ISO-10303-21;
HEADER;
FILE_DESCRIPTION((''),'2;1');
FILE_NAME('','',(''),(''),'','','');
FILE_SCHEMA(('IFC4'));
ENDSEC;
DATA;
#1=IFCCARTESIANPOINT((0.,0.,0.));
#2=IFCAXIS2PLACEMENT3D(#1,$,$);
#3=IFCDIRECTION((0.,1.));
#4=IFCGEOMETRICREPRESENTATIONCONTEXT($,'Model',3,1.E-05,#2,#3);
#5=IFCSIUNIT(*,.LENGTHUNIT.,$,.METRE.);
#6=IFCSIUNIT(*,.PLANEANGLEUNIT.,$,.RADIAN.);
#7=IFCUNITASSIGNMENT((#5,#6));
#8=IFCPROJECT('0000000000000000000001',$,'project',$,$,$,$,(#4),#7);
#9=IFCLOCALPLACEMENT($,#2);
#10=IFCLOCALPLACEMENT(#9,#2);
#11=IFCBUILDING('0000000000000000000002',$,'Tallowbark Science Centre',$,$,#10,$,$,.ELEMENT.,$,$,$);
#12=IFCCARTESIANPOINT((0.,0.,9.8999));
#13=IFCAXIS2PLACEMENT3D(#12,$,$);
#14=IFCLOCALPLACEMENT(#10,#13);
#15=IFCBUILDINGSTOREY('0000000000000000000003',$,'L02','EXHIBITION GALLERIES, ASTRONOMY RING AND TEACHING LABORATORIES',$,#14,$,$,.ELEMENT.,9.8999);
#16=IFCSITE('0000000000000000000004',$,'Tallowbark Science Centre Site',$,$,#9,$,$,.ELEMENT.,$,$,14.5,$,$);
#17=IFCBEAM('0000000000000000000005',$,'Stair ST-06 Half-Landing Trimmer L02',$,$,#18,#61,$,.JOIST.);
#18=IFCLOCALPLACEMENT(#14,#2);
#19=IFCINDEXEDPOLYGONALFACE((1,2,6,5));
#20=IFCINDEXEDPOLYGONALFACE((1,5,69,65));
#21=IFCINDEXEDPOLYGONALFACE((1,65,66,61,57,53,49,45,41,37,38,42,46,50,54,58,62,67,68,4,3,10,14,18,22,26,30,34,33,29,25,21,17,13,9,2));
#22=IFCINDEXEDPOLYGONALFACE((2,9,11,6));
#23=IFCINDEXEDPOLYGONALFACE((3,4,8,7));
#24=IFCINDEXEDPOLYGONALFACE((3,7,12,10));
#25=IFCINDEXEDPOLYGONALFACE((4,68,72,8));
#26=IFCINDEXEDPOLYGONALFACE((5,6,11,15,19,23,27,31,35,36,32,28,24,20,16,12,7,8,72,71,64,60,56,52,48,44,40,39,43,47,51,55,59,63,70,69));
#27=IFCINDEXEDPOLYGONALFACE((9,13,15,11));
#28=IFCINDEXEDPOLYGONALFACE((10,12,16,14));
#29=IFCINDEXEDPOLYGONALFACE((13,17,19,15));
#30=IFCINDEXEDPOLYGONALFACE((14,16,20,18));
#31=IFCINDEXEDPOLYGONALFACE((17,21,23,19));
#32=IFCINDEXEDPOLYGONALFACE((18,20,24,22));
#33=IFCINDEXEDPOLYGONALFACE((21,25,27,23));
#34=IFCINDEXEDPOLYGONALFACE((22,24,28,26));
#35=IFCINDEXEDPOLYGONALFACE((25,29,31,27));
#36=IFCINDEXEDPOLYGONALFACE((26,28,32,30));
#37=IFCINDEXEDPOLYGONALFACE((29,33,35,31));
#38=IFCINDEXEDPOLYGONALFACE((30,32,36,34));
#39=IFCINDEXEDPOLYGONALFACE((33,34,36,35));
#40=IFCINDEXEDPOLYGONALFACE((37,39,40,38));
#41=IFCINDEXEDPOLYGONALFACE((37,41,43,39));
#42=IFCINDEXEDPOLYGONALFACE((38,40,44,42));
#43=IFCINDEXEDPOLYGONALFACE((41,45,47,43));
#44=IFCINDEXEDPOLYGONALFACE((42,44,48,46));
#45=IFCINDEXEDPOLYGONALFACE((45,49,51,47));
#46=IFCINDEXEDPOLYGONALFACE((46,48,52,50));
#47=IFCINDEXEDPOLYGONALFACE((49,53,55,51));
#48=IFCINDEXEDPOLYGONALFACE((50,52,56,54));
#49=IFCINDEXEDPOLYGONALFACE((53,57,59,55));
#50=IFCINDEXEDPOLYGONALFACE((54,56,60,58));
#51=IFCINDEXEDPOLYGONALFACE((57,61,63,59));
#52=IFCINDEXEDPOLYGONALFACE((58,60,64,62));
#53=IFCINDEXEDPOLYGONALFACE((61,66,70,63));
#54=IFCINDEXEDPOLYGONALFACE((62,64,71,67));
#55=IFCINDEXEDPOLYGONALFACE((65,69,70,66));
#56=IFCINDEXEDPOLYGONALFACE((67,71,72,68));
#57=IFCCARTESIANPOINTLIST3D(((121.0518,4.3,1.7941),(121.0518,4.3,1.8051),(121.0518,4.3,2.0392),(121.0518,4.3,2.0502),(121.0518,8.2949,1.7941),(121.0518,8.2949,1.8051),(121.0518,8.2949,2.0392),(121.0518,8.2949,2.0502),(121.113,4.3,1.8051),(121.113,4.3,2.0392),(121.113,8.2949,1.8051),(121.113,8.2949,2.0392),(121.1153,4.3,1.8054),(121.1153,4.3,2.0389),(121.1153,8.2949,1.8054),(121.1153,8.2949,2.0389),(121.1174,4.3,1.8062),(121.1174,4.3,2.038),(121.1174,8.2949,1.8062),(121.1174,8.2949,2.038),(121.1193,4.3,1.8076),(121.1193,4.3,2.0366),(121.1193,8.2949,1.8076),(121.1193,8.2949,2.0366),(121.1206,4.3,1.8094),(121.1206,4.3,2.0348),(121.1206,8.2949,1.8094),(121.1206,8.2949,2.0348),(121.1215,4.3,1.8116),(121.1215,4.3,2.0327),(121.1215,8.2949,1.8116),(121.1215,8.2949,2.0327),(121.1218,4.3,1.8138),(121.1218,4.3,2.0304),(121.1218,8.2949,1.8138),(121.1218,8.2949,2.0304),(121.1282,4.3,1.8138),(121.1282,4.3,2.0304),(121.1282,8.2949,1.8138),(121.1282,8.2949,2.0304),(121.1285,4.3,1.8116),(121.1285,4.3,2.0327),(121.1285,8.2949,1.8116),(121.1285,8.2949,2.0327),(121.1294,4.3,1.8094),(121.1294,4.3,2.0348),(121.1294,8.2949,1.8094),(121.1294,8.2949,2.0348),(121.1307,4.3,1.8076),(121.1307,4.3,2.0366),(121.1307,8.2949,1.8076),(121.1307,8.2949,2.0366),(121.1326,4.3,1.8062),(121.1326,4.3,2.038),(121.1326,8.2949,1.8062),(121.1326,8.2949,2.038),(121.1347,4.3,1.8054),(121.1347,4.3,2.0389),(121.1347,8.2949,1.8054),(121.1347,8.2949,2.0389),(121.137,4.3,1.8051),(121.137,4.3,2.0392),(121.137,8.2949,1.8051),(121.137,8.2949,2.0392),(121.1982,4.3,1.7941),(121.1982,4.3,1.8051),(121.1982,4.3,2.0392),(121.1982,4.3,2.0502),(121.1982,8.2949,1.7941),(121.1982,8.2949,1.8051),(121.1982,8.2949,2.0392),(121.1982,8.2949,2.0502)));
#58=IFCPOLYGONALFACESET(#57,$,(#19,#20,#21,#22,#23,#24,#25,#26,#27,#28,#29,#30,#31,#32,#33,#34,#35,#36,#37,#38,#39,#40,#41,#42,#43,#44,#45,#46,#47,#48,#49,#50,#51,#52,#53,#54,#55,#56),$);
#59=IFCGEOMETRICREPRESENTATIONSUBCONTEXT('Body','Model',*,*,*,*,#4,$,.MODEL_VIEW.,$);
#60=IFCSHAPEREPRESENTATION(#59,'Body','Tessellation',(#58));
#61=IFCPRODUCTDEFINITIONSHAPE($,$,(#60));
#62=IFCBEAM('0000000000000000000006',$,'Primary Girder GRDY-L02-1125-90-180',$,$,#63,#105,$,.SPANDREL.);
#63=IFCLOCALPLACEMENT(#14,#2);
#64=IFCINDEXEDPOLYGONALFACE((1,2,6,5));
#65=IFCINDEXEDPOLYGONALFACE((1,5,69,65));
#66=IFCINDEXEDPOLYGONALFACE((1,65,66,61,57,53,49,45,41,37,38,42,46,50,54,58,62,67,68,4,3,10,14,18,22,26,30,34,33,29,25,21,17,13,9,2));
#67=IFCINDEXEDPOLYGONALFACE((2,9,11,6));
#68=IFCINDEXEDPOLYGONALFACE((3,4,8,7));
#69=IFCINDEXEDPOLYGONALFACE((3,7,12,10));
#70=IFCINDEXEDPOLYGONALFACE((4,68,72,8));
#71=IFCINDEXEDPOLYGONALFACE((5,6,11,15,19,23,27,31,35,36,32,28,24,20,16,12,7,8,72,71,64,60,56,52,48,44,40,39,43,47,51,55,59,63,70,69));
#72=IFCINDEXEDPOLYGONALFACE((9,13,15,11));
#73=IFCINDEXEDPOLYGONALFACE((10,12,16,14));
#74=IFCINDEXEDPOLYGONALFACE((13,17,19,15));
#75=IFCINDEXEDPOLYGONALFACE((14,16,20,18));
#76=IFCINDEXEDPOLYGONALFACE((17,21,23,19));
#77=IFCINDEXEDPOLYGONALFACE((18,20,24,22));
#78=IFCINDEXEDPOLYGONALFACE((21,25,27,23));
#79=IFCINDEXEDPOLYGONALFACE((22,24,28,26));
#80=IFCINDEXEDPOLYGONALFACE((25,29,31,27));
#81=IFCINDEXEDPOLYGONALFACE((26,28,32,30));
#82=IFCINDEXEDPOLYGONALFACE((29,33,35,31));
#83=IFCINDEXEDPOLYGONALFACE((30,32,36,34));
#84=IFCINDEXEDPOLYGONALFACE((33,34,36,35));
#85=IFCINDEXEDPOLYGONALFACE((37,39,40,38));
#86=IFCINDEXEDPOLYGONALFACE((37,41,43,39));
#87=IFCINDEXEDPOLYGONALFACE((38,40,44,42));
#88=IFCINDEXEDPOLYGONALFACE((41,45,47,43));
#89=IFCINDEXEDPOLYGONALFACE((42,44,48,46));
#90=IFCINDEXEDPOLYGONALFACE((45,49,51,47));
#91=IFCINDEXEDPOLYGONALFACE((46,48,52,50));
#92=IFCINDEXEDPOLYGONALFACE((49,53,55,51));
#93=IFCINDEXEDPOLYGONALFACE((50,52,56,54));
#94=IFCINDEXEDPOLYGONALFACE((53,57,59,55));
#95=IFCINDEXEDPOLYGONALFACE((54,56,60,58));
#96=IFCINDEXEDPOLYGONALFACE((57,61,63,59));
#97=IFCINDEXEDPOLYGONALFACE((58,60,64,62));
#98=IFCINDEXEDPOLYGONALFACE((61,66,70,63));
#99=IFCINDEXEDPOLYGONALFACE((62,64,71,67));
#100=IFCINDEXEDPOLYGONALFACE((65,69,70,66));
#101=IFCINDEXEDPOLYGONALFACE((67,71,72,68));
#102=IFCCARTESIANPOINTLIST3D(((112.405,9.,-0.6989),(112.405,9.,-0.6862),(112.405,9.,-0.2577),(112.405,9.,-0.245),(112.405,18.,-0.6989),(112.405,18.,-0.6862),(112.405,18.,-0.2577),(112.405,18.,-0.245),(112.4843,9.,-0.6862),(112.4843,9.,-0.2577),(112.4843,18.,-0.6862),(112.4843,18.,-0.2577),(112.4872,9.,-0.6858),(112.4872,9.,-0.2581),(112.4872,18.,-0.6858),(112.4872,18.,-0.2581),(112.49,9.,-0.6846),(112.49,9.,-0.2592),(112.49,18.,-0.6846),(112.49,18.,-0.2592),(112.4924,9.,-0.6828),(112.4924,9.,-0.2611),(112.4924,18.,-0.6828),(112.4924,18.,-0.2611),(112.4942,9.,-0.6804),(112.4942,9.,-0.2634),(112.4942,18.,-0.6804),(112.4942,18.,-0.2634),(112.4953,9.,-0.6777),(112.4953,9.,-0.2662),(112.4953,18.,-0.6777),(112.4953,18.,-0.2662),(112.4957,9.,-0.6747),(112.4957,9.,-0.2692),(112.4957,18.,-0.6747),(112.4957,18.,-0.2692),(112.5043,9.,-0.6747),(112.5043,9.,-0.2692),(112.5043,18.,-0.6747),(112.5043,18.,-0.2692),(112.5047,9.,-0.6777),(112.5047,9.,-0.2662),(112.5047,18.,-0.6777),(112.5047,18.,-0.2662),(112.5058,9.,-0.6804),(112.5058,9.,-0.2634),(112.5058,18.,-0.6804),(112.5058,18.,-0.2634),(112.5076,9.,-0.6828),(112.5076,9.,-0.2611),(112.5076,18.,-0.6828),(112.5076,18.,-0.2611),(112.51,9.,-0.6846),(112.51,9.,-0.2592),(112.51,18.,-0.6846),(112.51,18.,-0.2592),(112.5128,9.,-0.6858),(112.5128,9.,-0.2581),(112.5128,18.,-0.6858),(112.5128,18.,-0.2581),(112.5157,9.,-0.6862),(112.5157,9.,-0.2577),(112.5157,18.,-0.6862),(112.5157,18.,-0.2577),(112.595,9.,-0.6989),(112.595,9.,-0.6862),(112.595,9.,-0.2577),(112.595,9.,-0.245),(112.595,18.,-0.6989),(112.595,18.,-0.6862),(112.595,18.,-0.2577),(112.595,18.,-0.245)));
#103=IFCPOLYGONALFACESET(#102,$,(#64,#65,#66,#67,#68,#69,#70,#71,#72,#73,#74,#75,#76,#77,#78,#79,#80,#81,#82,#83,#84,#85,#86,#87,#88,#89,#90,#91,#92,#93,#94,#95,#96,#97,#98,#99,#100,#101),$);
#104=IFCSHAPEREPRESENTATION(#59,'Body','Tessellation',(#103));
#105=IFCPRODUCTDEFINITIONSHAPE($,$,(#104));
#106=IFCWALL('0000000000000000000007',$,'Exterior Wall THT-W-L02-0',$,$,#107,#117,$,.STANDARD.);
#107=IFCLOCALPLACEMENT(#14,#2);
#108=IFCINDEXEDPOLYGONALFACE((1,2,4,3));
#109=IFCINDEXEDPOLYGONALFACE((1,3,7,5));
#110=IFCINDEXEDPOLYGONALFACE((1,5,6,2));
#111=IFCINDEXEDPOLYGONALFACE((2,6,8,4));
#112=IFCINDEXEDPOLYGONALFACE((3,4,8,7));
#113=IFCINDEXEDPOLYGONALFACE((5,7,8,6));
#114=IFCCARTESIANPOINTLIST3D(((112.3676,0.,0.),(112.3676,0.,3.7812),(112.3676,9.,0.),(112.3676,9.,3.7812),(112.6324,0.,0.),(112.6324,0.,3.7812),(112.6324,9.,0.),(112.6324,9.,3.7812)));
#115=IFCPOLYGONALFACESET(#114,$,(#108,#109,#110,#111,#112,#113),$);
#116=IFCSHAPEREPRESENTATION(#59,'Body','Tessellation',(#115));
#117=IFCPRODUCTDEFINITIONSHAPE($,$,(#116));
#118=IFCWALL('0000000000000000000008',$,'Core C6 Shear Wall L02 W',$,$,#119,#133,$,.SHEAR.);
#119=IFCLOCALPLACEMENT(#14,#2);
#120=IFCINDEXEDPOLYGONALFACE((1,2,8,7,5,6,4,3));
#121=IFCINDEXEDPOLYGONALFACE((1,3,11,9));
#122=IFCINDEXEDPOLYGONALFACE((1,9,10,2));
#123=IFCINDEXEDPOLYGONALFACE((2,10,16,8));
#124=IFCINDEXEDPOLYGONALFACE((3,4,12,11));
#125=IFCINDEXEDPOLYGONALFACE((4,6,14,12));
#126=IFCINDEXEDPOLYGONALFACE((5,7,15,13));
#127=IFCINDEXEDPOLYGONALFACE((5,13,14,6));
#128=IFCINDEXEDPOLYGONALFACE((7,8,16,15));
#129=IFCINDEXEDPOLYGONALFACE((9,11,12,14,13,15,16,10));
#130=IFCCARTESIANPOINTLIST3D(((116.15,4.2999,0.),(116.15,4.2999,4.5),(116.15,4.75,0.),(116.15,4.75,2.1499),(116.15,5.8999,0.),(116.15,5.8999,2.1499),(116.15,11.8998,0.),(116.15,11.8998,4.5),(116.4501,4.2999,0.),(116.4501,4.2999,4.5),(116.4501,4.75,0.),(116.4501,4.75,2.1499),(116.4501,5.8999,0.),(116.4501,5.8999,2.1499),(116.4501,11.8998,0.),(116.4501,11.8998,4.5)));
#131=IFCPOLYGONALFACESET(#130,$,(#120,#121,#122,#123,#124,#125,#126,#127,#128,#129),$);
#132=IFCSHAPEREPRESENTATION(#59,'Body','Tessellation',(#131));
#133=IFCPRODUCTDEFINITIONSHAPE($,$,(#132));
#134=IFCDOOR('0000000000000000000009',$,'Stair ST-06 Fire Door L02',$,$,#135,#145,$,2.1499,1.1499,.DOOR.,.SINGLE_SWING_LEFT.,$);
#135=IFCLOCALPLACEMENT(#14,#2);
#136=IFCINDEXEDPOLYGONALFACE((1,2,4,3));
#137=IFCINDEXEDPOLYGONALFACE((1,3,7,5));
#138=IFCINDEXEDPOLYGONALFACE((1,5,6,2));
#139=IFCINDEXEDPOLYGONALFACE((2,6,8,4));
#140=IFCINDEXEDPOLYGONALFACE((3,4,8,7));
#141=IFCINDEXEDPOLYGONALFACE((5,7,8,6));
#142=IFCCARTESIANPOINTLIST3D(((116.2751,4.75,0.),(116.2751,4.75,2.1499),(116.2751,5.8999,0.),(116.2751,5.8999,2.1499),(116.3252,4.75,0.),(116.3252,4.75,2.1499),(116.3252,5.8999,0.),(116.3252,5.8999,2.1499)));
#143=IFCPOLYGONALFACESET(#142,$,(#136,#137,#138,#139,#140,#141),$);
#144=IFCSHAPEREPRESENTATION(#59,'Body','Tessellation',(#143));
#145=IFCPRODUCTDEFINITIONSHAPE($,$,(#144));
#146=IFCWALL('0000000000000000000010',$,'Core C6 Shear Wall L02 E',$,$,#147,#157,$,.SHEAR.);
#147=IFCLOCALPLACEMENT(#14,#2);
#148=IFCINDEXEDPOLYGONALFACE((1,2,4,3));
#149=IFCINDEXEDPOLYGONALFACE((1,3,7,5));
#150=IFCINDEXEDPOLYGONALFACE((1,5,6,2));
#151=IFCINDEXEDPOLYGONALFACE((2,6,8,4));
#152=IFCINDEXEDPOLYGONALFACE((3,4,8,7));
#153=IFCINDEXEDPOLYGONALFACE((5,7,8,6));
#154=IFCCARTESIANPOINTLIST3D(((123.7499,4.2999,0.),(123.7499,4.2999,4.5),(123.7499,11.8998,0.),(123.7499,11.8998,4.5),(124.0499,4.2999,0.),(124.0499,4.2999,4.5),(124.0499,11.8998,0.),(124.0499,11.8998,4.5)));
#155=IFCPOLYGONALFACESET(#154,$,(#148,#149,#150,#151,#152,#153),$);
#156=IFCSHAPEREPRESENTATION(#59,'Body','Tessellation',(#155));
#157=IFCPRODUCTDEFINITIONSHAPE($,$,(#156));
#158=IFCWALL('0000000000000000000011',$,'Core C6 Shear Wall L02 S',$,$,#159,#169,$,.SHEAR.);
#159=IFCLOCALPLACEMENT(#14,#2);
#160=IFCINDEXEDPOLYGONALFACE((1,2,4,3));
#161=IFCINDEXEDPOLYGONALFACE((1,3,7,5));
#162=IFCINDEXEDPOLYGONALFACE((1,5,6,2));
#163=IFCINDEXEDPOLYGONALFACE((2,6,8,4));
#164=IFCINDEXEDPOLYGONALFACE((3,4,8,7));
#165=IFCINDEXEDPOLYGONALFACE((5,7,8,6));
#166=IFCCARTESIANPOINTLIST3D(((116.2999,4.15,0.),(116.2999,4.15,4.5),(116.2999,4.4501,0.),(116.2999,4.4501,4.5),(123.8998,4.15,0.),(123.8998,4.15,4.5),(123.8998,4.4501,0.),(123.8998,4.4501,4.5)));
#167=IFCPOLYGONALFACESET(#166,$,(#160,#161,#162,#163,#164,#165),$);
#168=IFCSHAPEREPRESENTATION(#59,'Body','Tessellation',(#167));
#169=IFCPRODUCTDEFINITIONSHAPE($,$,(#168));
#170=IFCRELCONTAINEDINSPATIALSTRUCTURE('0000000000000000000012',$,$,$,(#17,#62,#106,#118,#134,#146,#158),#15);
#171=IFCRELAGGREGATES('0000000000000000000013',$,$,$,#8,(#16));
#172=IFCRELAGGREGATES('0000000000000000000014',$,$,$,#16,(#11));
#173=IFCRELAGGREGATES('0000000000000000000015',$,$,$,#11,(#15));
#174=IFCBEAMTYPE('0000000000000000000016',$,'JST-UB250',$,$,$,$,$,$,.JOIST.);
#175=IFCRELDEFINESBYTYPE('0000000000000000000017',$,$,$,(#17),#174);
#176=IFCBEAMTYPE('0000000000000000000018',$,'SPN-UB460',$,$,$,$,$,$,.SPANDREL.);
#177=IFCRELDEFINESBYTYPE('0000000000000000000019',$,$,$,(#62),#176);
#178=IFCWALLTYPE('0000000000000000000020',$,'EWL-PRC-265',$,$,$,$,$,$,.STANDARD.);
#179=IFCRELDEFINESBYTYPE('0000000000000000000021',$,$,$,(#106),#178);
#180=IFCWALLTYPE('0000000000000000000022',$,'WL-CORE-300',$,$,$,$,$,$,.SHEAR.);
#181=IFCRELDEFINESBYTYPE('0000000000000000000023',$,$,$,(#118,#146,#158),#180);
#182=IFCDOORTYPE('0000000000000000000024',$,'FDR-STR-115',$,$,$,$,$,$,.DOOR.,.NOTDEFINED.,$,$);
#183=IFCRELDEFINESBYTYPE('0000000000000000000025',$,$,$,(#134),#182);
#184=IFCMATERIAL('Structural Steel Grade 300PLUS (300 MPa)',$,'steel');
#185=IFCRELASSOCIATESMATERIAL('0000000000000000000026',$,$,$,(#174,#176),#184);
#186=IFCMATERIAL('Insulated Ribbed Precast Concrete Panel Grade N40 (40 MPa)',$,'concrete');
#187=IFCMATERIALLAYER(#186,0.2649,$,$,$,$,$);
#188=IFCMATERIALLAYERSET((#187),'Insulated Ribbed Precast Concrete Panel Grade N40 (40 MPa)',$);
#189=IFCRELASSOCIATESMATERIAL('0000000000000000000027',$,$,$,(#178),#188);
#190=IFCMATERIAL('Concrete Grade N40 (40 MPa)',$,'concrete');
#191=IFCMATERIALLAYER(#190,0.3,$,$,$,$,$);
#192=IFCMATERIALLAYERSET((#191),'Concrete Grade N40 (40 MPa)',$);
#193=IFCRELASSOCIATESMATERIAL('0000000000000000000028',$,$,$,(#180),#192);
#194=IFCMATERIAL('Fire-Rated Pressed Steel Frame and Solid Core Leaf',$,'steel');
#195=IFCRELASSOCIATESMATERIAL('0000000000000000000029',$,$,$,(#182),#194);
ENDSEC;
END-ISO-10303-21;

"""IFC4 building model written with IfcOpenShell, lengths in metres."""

from ifc_helpers import new_model, si_unit, direction, frame, frame_2d, origin, origin_2d, place, context, subcontext, project, spatial, rectangle, i_section, extrude, material, layer, layer_set, material_profile, profile_set, type_object, element, fill, save


model = new_model("IFC4")

# Units and contexts
model_context = context("Model", 3, precision=1e-05, world=origin(), true_north=direction((0.0, 1.0)))
body_context = subcontext(model_context, "Body", "Model", "MODEL_VIEW")
ifc_project = project(units=[si_unit("LENGTHUNIT", "METRE"), si_unit("PLANEANGLEUNIT", "RADIAN")], contexts=[model_context])

# Site, building, storey
site_placement = place(None, origin())
site = spatial("IfcSite", under=ifc_project, at=site_placement, Name="Tallowbark Science Centre Site", CompositionType="ELEMENT", RefElevation=14.5)
building_placement = place(site_placement, origin())
building = spatial("IfcBuilding", under=site, at=building_placement, Name="Tallowbark Science Centre", CompositionType="ELEMENT")
storey_placement = place(building_placement, frame((0.0, 0.0, 9.8999)))
storey = spatial("IfcBuildingStorey", under=building, at=storey_placement, Name="L02", Description="EXHIBITION GALLERIES, ASTRONOMY RING AND TEACHING LABORATORIES", CompositionType="ELEMENT", Elevation=9.8999)

# Shared definitions
ifc_material_1 = material(Name="Structural Steel Grade 300PLUS (300 MPa)", Category="steel")

# Beams
ifc_material_2 = material(Name="Concrete Grade N40 (40 MPa)", Category="concrete")
ifc_material_profile_1 = material_profile(ifc_material_1, i_section(OverallWidth=0.1465, OverallDepth=0.2561, WebThickness=0.0063, FlangeThickness=0.011, FilletRadius=0.0088, at=origin_2d()), Name="250UB37.3")
ifc_profile_set_1 = profile_set([ifc_material_profile_1], Name="Structural Steel Grade 300PLUS (300 MPa)")
beam_type_1 = type_object("IfcBeamType", Name="JST-UB250", PredefinedType="JOIST", material=ifc_profile_set_1)
beam_1_placement = place(storey_placement, frame((121.125, 4.3, 1.9221), z_axis=(0.0, 1.0, 0.0), x_axis=(-1.0, 0.0, 0.0)))
element("IfcBeam", 1, at=beam_1_placement, inside=storey, type_object=beam_type_1, Name="Stair ST-06 Half-Landing Trimmer L02", PredefinedType="JOIST", context=body_context, shape_type="SweptSolid", body=[
    extrude(i_section(OverallWidth=0.1465, OverallDepth=0.2561, WebThickness=0.0063, FlangeThickness=0.011, FilletRadius=0.0088, at=origin_2d()), origin(), (0.0, 0.0, 1.0), 3.9949),
])
ifc_material_profile_2 = material_profile(ifc_material_1, i_section(OverallWidth=0.1899, OverallDepth=0.4539, WebThickness=0.0085, FlangeThickness=0.0127, FilletRadius=0.0115, at=origin_2d()), Name="460UB67.1")
ifc_profile_set_2 = profile_set([ifc_material_profile_2], Name="Structural Steel Grade 300PLUS (300 MPa)")
beam_type_2 = type_object("IfcBeamType", Name="SPN-UB460", PredefinedType="SPANDREL", material=ifc_profile_set_2)
beam_2_placement = place(storey_placement, frame((112.5, 9.0, -0.4719), z_axis=(0.0, 1.0, 0.0), x_axis=(-1.0, 0.0, 0.0)))
element("IfcBeam", 2, at=beam_2_placement, inside=storey, type_object=beam_type_2, Name="Primary Girder GRDY-L02-1125-90-180", PredefinedType="SPANDREL", context=body_context, shape_type="SweptSolid", body=[
    extrude(i_section(OverallWidth=0.1899, OverallDepth=0.4539, WebThickness=0.0085, FlangeThickness=0.0127, FilletRadius=0.0115, at=origin_2d()), origin(), (0.0, 0.0, 1.0), 9.0),
])

# Wall
ifc_material_3 = material(Name="Insulated Ribbed Precast Concrete Panel Grade N40 (40 MPa)", Category="concrete")
ifc_layer_1 = layer(ifc_material_3, 0.2649)
ifc_layer_set_1 = layer_set([ifc_layer_1], Name="Insulated Ribbed Precast Concrete Panel Grade N40 (40 MPa)")
wall_type_1 = type_object("IfcWallType", Name="EWL-PRC-265", PredefinedType="STANDARD", material=ifc_layer_set_1)
wall_1_placement = place(storey_placement, frame((112.5, 9.0, 0.0), z_axis=(0.0, 0.0, 1.0), x_axis=(0.0, -1.0, 0.0)))
element("IfcWall", 3, at=wall_1_placement, inside=storey, type_object=wall_type_1, Name="Exterior Wall THT-W-L02-0", PredefinedType="STANDARD", context=body_context, shape_type="SweptSolid", body=[
    extrude(rectangle(XDim=9.0, YDim=0.2649, at=frame_2d((4.5, 0.0))), origin(), (0.0, 0.0, 1.0), 3.7812),
])

# Wall, opening, door
ifc_layer_2 = layer(ifc_material_2, 0.3)
ifc_layer_set_2 = layer_set([ifc_layer_2], Name="Concrete Grade N40 (40 MPa)")
wall_type_2 = type_object("IfcWallType", Name="WL-CORE-300", PredefinedType="SHEAR", material=ifc_layer_set_2)
wall_2_placement = place(storey_placement, frame((116.3, 4.3, 0.0), z_axis=(0.0, 0.0, 1.0), x_axis=(0.0, 1.0, 0.0)))
wall_2 = element("IfcWall", 4, at=wall_2_placement, inside=storey, type_object=wall_type_2, Name="Core C6 Shear Wall L02 W", PredefinedType="SHEAR", context=body_context, shape_type="SweptSolid", body=[
    extrude(rectangle(XDim=7.5999, YDim=0.3, at=frame_2d((3.7998, 0.0))), origin(), (0.0, 0.0, 1.0), 4.5),
])
opening_1_placement = place(wall_2_placement, frame((0.45, 0.0, 0.0)))
opening_1 = element("IfcOpeningElement", 5, at=opening_1_placement, cuts=wall_2, PredefinedType="OPENING", context=body_context, shape_type="SweptSolid", body=[
    extrude(rectangle(XDim=1.1499, YDim=2.1499, at=frame_2d((0.575, 1.075))), frame((0.0, 0.1602, 0.0), z_axis=(0.0, -1.0, 0.0), x_axis=(1.0, 0.0, 0.0)), (0.0, 0.0, 1.0), 0.3201),
])
ifc_material_4 = material(Name="Fire-Rated Pressed Steel Frame and Solid Core Leaf", Category="steel")
door_type_1 = type_object("IfcDoorType", Name="FDR-STR-115", OperationType="NOTDEFINED", PredefinedType="DOOR", material=ifc_material_4)
door_1_placement = place(opening_1_placement, origin())
door_1 = element("IfcDoor", 6, at=door_1_placement, inside=storey, type_object=door_type_1, Name="Stair ST-06 Fire Door L02", OperationType="SINGLE_SWING_LEFT", OverallHeight=2.1499, OverallWidth=1.1499, PredefinedType="DOOR", context=body_context, shape_type="SweptSolid", body=[
    extrude(rectangle(XDim=1.1499, YDim=2.1499, at=frame_2d((0.575, 1.075))), frame((0.0, 0.0249, 0.0), z_axis=(0.0, -1.0, 0.0), x_axis=(1.0, 0.0, 0.0)), (0.0, 0.0, 1.0), 0.05),
])
fill(opening_1, door_1)

# Walls
for number, where, z_axis, x_axis, name in (
    (7, (123.8999, 4.3, 0.0), (0.0, 0.0, 1.0), (0.0, 1.0, 0.0), "Core C6 Shear Wall L02 E"),
    (8, (116.3, 4.3, 0.0), (0.0, 0.0, 1.0), (1.0, 0.0, 0.0), "Core C6 Shear Wall L02 S"),
):
    element("IfcWall", number, at=place(storey_placement, frame(where, z_axis=z_axis, x_axis=x_axis)), inside=storey, type_object=wall_type_2, Name=name, PredefinedType="SHEAR", context=body_context, shape_type="SweptSolid", body=[
        extrude(rectangle(XDim=7.5999, YDim=0.3, at=frame_2d((3.7998, 0.0))), origin(), (0.0, 0.0, 1.0), 4.5),
    ])

save(model, "model.ifc")
